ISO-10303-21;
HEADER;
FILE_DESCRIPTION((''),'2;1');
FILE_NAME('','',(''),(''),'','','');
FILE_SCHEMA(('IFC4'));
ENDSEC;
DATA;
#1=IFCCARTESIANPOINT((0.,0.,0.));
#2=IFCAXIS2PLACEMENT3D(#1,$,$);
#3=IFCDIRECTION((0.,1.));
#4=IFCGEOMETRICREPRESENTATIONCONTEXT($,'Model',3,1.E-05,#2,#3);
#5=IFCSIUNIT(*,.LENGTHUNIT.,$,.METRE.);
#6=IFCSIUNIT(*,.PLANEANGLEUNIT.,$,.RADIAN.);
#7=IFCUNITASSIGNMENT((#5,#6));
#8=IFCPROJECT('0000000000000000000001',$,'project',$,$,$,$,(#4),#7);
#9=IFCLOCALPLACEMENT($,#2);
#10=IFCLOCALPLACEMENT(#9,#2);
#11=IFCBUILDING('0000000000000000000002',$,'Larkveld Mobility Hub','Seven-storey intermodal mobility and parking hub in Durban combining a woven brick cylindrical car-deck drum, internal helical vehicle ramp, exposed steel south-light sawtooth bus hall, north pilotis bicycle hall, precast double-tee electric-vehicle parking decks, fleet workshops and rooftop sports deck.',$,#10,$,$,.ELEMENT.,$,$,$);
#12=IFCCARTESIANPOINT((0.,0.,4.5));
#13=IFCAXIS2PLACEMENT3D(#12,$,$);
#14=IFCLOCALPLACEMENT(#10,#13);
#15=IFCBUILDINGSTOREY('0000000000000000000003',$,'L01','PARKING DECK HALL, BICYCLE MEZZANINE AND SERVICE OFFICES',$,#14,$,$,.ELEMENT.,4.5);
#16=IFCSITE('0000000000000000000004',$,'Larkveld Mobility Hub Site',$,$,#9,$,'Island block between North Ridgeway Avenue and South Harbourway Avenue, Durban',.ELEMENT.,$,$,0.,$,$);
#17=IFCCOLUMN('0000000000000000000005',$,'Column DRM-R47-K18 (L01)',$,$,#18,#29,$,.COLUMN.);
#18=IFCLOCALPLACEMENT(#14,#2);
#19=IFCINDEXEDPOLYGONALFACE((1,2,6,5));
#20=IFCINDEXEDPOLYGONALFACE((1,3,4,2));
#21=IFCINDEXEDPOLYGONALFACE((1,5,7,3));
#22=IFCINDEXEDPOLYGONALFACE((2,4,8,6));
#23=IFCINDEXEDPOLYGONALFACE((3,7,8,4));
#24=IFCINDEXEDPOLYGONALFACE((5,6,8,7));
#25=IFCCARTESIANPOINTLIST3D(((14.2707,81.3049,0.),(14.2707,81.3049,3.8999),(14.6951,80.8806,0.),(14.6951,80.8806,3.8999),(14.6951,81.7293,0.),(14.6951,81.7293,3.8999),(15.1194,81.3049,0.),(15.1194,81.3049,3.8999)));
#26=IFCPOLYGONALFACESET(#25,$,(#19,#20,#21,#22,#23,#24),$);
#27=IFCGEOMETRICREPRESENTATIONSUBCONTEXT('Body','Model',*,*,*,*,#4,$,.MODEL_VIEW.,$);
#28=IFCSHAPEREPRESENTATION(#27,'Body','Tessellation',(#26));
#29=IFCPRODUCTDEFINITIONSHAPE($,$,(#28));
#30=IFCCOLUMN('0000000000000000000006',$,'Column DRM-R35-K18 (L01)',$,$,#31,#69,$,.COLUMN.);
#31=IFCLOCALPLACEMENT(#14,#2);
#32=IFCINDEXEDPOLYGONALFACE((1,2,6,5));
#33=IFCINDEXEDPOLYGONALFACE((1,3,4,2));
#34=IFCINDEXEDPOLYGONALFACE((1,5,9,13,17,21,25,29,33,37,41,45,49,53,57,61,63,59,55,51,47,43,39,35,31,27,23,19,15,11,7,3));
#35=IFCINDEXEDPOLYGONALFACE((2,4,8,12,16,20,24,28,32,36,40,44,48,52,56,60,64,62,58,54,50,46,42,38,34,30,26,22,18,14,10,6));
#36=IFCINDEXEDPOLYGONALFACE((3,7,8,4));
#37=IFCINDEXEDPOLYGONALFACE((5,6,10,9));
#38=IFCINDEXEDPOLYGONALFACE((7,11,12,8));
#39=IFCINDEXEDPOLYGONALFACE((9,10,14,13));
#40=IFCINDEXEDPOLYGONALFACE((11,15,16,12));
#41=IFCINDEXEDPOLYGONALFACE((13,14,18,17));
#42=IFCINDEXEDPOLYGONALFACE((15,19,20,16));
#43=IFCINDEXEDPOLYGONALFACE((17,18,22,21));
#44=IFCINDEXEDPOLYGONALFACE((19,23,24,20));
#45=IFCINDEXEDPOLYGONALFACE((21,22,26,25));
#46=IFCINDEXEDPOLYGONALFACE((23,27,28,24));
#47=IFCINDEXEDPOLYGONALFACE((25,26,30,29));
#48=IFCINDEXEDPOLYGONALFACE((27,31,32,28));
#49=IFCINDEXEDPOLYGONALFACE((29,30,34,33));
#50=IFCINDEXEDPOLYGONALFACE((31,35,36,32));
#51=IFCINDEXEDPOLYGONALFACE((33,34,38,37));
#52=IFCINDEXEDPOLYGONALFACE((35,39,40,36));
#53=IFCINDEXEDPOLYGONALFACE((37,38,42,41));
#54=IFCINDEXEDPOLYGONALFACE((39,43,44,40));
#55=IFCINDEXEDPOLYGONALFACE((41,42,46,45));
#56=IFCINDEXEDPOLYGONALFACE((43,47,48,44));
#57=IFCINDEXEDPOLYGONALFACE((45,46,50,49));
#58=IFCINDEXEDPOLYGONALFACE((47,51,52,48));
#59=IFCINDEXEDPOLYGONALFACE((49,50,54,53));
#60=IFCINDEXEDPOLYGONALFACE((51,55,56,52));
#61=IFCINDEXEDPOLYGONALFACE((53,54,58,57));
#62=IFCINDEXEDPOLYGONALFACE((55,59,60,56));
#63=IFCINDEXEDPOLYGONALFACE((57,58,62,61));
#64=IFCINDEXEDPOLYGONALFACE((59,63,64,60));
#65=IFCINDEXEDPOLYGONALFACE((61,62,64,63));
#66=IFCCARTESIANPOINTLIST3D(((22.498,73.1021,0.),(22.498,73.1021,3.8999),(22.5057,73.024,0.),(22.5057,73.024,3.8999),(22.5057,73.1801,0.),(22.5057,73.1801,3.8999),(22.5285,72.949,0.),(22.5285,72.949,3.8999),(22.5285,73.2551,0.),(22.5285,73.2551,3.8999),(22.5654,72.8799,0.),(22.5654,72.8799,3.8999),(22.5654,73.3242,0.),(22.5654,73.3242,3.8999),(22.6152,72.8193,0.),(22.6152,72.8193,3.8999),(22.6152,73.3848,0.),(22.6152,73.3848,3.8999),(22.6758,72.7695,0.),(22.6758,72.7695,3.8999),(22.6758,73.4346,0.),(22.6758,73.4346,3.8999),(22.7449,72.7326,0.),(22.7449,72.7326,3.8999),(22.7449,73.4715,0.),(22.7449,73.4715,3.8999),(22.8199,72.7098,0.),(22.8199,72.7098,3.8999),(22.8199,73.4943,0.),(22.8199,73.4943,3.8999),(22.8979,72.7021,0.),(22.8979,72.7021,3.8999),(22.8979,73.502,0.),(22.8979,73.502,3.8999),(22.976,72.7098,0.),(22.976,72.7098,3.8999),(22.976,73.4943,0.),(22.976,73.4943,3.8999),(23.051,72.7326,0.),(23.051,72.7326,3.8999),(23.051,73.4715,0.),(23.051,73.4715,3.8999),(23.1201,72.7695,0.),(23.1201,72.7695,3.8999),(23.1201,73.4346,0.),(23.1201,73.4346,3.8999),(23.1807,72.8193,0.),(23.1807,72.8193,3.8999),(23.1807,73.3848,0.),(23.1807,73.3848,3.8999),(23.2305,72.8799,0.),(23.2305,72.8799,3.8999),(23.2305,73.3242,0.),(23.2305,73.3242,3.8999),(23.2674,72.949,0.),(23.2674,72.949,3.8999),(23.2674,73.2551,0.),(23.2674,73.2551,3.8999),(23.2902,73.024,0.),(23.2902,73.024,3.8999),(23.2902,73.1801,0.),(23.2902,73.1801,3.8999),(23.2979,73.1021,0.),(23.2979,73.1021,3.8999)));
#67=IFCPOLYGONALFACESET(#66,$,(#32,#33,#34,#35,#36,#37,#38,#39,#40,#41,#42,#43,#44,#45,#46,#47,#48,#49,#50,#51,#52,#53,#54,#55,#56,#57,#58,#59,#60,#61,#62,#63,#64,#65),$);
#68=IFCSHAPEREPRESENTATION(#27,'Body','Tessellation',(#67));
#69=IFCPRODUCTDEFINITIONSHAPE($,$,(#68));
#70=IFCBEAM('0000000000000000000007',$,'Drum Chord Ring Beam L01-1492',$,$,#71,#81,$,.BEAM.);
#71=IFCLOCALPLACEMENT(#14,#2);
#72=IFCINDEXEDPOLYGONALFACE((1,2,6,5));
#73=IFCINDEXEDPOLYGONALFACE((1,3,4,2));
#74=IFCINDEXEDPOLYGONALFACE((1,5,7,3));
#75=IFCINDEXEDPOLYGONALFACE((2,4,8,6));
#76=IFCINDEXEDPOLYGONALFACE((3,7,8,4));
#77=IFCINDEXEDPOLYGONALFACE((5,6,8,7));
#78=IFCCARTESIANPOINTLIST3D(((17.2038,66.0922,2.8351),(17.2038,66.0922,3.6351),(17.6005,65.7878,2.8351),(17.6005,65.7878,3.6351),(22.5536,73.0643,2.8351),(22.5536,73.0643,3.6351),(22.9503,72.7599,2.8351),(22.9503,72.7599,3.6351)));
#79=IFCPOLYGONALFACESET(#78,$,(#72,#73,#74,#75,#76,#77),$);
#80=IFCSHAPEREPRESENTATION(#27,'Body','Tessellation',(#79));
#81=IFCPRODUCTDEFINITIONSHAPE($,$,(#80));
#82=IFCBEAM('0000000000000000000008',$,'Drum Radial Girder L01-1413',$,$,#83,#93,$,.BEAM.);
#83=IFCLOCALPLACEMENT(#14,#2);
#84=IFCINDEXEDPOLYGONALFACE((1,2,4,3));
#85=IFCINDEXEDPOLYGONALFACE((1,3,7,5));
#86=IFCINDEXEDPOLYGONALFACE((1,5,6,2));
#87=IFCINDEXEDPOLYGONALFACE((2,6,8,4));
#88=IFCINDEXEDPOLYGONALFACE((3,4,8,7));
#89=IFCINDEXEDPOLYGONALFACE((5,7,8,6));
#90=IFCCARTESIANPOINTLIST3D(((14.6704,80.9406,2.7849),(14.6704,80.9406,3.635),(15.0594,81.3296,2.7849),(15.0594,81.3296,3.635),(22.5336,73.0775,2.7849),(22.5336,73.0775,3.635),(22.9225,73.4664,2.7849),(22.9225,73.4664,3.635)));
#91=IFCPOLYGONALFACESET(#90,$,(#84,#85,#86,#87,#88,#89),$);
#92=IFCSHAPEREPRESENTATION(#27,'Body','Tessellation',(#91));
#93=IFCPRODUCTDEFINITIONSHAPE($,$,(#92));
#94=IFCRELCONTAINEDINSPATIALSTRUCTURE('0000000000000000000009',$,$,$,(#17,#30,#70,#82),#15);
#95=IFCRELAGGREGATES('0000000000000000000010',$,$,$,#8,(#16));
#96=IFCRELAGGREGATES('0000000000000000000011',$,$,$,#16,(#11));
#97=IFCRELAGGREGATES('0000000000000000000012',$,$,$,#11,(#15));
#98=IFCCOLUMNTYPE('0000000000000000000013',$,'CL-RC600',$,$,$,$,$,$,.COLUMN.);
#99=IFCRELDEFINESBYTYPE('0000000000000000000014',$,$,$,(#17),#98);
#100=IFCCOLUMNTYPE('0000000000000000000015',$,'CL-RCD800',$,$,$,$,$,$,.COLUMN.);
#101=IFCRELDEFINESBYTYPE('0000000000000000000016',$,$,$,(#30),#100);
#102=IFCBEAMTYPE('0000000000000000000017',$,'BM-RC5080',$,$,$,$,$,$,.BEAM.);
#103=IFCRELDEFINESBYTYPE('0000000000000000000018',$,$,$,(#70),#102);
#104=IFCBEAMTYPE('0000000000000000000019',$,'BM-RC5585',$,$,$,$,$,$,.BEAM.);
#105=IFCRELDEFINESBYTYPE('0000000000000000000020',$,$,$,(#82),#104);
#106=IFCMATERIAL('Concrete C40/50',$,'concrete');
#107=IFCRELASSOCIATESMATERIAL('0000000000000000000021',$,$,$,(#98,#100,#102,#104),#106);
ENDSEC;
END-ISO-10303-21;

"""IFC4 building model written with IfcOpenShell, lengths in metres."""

from ifc_helpers import new_model, si_unit, direction, frame, origin, origin_2d, place, context, subcontext, project, spatial, rectangle, circle, extrude, material, material_profile, profile_set, type_object, element, save


model = new_model("IFC4")

# Units and contexts
model_context = context("Model", 3, precision=1e-05, world=origin(), true_north=direction((0.0, 1.0)))
body_context = subcontext(model_context, "Body", "Model", "MODEL_VIEW")
ifc_project = project(units=[si_unit("LENGTHUNIT", "METRE"), si_unit("PLANEANGLEUNIT", "RADIAN")], contexts=[model_context])

# Site, building, storey
site_placement = place(None, origin())
site = spatial("IfcSite", under=ifc_project, at=site_placement, Name="Larkveld Mobility Hub Site", LongName="Island block between North Ridgeway Avenue and South Harbourway Avenue, Durban", CompositionType="ELEMENT", RefElevation=0.0)
building_placement = place(site_placement, origin())
building = spatial("IfcBuilding", under=site, at=building_placement, Name="Larkveld Mobility Hub", Description="Seven-storey intermodal mobility and parking hub in Durban combining a woven brick cylindrical car-deck drum, internal helical vehicle ramp, exposed steel south-light sawtooth bus hall, north pilotis bicycle hall, precast double-tee electric-vehicle parking decks, fleet workshops and rooftop sports deck.", CompositionType="ELEMENT")
storey_placement = place(building_placement, frame((0.0, 0.0, 4.5)))
storey = spatial("IfcBuildingStorey", under=building, at=storey_placement, Name="L01", Description="PARKING DECK HALL, BICYCLE MEZZANINE AND SERVICE OFFICES", CompositionType="ELEMENT", Elevation=4.5)

# Columns
ifc_material_1 = material(Name="Concrete C40/50", Category="concrete")
ifc_material_profile_1 = material_profile(ifc_material_1, rectangle(XDim=0.6001, YDim=0.6001, at=origin_2d()), Name="RC COL 600x600")
ifc_profile_set_1 = profile_set([ifc_material_profile_1], Name="Concrete C40/50")
column_type_1 = type_object("IfcColumnType", Name="CL-RC600", PredefinedType="COLUMN", material=ifc_profile_set_1)
column_1_placement = place(storey_placement, frame((14.6951, 81.3049, 0.0), z_axis=(0.0, 0.0, 1.0), x_axis=(-0.707107, 0.707107, 0.0)))
element("IfcColumn", 1, at=column_1_placement, inside=storey, type_object=column_type_1, Name="Column DRM-R47-K18 (L01)", PredefinedType="COLUMN", context=body_context, shape_type="SweptSolid", body=[
    extrude(rectangle(XDim=0.6001, YDim=0.6001, at=origin_2d()), origin(), (0.0, 0.0, 1.0), 3.8999),
])
ifc_material_profile_2 = material_profile(ifc_material_1, circle(Radius=0.3999, at=origin_2d()), Name="RC COL D800")
ifc_profile_set_2 = profile_set([ifc_material_profile_2], Name="Concrete C40/50")
column_type_2 = type_object("IfcColumnType", Name="CL-RCD800", PredefinedType="COLUMN", material=ifc_profile_set_2)
column_2_placement = place(storey_placement, frame((22.8979, 73.1021, 0.0), z_axis=(0.0, 0.0, 1.0), x_axis=(1.0, 0.0, 0.0)))
element("IfcColumn", 2, at=column_2_placement, inside=storey, type_object=column_type_2, Name="Column DRM-R35-K18 (L01)", PredefinedType="COLUMN", context=body_context, shape_type="SweptSolid", body=[
    extrude(circle(Radius=0.3999, at=origin_2d()), origin(), (0.0, 0.0, 1.0), 3.8999),
])

# Beams
ifc_material_profile_3 = material_profile(ifc_material_1, rectangle(XDim=0.5, YDim=0.8, at=origin_2d()), Name="RC BM 500x800")
ifc_profile_set_3 = profile_set([ifc_material_profile_3], Name="Concrete C40/50")
beam_type_1 = type_object("IfcBeamType", Name="BM-RC5080", PredefinedType="BEAM", material=ifc_profile_set_3)
beam_1_placement = place(storey_placement, frame((22.752, 72.9121, 3.2351), z_axis=(-0.608756, -0.793358, 0.0), x_axis=(0.793358, -0.608756, 0.0)))
element("IfcBeam", 3, at=beam_1_placement, inside=storey, type_object=beam_type_1, Name="Drum Chord Ring Beam L01-1492", PredefinedType="BEAM", context=body_context, shape_type="SweptSolid", body=[
    extrude(rectangle(XDim=0.5, YDim=0.8, at=origin_2d()), origin(), (0.0, 0.0, 1.0), 8.7881),
])
ifc_material_profile_4 = material_profile(ifc_material_1, rectangle(XDim=0.55, YDim=0.8501, at=origin_2d()), Name="RC BM 550x850")
ifc_profile_set_4 = profile_set([ifc_material_profile_4], Name="Concrete C40/50")
beam_type_2 = type_object("IfcBeamType", Name="BM-RC5585", PredefinedType="BEAM", material=ifc_profile_set_4)
beam_2_placement = place(storey_placement, frame((22.728, 73.272, 3.21), z_axis=(-0.707107, 0.707107, 0.0), x_axis=(-0.707107, -0.707107, 0.0)))
element("IfcBeam", 4, at=beam_2_placement, inside=storey, type_object=beam_type_2, Name="Drum Radial Girder L01-1413", PredefinedType="BEAM", context=body_context, shape_type="SweptSolid", body=[
    extrude(rectangle(XDim=0.55, YDim=0.8501, at=origin_2d()), origin(), (0.0, 0.0, 1.0), 11.1201),
])

save(model, "model.ifc")
